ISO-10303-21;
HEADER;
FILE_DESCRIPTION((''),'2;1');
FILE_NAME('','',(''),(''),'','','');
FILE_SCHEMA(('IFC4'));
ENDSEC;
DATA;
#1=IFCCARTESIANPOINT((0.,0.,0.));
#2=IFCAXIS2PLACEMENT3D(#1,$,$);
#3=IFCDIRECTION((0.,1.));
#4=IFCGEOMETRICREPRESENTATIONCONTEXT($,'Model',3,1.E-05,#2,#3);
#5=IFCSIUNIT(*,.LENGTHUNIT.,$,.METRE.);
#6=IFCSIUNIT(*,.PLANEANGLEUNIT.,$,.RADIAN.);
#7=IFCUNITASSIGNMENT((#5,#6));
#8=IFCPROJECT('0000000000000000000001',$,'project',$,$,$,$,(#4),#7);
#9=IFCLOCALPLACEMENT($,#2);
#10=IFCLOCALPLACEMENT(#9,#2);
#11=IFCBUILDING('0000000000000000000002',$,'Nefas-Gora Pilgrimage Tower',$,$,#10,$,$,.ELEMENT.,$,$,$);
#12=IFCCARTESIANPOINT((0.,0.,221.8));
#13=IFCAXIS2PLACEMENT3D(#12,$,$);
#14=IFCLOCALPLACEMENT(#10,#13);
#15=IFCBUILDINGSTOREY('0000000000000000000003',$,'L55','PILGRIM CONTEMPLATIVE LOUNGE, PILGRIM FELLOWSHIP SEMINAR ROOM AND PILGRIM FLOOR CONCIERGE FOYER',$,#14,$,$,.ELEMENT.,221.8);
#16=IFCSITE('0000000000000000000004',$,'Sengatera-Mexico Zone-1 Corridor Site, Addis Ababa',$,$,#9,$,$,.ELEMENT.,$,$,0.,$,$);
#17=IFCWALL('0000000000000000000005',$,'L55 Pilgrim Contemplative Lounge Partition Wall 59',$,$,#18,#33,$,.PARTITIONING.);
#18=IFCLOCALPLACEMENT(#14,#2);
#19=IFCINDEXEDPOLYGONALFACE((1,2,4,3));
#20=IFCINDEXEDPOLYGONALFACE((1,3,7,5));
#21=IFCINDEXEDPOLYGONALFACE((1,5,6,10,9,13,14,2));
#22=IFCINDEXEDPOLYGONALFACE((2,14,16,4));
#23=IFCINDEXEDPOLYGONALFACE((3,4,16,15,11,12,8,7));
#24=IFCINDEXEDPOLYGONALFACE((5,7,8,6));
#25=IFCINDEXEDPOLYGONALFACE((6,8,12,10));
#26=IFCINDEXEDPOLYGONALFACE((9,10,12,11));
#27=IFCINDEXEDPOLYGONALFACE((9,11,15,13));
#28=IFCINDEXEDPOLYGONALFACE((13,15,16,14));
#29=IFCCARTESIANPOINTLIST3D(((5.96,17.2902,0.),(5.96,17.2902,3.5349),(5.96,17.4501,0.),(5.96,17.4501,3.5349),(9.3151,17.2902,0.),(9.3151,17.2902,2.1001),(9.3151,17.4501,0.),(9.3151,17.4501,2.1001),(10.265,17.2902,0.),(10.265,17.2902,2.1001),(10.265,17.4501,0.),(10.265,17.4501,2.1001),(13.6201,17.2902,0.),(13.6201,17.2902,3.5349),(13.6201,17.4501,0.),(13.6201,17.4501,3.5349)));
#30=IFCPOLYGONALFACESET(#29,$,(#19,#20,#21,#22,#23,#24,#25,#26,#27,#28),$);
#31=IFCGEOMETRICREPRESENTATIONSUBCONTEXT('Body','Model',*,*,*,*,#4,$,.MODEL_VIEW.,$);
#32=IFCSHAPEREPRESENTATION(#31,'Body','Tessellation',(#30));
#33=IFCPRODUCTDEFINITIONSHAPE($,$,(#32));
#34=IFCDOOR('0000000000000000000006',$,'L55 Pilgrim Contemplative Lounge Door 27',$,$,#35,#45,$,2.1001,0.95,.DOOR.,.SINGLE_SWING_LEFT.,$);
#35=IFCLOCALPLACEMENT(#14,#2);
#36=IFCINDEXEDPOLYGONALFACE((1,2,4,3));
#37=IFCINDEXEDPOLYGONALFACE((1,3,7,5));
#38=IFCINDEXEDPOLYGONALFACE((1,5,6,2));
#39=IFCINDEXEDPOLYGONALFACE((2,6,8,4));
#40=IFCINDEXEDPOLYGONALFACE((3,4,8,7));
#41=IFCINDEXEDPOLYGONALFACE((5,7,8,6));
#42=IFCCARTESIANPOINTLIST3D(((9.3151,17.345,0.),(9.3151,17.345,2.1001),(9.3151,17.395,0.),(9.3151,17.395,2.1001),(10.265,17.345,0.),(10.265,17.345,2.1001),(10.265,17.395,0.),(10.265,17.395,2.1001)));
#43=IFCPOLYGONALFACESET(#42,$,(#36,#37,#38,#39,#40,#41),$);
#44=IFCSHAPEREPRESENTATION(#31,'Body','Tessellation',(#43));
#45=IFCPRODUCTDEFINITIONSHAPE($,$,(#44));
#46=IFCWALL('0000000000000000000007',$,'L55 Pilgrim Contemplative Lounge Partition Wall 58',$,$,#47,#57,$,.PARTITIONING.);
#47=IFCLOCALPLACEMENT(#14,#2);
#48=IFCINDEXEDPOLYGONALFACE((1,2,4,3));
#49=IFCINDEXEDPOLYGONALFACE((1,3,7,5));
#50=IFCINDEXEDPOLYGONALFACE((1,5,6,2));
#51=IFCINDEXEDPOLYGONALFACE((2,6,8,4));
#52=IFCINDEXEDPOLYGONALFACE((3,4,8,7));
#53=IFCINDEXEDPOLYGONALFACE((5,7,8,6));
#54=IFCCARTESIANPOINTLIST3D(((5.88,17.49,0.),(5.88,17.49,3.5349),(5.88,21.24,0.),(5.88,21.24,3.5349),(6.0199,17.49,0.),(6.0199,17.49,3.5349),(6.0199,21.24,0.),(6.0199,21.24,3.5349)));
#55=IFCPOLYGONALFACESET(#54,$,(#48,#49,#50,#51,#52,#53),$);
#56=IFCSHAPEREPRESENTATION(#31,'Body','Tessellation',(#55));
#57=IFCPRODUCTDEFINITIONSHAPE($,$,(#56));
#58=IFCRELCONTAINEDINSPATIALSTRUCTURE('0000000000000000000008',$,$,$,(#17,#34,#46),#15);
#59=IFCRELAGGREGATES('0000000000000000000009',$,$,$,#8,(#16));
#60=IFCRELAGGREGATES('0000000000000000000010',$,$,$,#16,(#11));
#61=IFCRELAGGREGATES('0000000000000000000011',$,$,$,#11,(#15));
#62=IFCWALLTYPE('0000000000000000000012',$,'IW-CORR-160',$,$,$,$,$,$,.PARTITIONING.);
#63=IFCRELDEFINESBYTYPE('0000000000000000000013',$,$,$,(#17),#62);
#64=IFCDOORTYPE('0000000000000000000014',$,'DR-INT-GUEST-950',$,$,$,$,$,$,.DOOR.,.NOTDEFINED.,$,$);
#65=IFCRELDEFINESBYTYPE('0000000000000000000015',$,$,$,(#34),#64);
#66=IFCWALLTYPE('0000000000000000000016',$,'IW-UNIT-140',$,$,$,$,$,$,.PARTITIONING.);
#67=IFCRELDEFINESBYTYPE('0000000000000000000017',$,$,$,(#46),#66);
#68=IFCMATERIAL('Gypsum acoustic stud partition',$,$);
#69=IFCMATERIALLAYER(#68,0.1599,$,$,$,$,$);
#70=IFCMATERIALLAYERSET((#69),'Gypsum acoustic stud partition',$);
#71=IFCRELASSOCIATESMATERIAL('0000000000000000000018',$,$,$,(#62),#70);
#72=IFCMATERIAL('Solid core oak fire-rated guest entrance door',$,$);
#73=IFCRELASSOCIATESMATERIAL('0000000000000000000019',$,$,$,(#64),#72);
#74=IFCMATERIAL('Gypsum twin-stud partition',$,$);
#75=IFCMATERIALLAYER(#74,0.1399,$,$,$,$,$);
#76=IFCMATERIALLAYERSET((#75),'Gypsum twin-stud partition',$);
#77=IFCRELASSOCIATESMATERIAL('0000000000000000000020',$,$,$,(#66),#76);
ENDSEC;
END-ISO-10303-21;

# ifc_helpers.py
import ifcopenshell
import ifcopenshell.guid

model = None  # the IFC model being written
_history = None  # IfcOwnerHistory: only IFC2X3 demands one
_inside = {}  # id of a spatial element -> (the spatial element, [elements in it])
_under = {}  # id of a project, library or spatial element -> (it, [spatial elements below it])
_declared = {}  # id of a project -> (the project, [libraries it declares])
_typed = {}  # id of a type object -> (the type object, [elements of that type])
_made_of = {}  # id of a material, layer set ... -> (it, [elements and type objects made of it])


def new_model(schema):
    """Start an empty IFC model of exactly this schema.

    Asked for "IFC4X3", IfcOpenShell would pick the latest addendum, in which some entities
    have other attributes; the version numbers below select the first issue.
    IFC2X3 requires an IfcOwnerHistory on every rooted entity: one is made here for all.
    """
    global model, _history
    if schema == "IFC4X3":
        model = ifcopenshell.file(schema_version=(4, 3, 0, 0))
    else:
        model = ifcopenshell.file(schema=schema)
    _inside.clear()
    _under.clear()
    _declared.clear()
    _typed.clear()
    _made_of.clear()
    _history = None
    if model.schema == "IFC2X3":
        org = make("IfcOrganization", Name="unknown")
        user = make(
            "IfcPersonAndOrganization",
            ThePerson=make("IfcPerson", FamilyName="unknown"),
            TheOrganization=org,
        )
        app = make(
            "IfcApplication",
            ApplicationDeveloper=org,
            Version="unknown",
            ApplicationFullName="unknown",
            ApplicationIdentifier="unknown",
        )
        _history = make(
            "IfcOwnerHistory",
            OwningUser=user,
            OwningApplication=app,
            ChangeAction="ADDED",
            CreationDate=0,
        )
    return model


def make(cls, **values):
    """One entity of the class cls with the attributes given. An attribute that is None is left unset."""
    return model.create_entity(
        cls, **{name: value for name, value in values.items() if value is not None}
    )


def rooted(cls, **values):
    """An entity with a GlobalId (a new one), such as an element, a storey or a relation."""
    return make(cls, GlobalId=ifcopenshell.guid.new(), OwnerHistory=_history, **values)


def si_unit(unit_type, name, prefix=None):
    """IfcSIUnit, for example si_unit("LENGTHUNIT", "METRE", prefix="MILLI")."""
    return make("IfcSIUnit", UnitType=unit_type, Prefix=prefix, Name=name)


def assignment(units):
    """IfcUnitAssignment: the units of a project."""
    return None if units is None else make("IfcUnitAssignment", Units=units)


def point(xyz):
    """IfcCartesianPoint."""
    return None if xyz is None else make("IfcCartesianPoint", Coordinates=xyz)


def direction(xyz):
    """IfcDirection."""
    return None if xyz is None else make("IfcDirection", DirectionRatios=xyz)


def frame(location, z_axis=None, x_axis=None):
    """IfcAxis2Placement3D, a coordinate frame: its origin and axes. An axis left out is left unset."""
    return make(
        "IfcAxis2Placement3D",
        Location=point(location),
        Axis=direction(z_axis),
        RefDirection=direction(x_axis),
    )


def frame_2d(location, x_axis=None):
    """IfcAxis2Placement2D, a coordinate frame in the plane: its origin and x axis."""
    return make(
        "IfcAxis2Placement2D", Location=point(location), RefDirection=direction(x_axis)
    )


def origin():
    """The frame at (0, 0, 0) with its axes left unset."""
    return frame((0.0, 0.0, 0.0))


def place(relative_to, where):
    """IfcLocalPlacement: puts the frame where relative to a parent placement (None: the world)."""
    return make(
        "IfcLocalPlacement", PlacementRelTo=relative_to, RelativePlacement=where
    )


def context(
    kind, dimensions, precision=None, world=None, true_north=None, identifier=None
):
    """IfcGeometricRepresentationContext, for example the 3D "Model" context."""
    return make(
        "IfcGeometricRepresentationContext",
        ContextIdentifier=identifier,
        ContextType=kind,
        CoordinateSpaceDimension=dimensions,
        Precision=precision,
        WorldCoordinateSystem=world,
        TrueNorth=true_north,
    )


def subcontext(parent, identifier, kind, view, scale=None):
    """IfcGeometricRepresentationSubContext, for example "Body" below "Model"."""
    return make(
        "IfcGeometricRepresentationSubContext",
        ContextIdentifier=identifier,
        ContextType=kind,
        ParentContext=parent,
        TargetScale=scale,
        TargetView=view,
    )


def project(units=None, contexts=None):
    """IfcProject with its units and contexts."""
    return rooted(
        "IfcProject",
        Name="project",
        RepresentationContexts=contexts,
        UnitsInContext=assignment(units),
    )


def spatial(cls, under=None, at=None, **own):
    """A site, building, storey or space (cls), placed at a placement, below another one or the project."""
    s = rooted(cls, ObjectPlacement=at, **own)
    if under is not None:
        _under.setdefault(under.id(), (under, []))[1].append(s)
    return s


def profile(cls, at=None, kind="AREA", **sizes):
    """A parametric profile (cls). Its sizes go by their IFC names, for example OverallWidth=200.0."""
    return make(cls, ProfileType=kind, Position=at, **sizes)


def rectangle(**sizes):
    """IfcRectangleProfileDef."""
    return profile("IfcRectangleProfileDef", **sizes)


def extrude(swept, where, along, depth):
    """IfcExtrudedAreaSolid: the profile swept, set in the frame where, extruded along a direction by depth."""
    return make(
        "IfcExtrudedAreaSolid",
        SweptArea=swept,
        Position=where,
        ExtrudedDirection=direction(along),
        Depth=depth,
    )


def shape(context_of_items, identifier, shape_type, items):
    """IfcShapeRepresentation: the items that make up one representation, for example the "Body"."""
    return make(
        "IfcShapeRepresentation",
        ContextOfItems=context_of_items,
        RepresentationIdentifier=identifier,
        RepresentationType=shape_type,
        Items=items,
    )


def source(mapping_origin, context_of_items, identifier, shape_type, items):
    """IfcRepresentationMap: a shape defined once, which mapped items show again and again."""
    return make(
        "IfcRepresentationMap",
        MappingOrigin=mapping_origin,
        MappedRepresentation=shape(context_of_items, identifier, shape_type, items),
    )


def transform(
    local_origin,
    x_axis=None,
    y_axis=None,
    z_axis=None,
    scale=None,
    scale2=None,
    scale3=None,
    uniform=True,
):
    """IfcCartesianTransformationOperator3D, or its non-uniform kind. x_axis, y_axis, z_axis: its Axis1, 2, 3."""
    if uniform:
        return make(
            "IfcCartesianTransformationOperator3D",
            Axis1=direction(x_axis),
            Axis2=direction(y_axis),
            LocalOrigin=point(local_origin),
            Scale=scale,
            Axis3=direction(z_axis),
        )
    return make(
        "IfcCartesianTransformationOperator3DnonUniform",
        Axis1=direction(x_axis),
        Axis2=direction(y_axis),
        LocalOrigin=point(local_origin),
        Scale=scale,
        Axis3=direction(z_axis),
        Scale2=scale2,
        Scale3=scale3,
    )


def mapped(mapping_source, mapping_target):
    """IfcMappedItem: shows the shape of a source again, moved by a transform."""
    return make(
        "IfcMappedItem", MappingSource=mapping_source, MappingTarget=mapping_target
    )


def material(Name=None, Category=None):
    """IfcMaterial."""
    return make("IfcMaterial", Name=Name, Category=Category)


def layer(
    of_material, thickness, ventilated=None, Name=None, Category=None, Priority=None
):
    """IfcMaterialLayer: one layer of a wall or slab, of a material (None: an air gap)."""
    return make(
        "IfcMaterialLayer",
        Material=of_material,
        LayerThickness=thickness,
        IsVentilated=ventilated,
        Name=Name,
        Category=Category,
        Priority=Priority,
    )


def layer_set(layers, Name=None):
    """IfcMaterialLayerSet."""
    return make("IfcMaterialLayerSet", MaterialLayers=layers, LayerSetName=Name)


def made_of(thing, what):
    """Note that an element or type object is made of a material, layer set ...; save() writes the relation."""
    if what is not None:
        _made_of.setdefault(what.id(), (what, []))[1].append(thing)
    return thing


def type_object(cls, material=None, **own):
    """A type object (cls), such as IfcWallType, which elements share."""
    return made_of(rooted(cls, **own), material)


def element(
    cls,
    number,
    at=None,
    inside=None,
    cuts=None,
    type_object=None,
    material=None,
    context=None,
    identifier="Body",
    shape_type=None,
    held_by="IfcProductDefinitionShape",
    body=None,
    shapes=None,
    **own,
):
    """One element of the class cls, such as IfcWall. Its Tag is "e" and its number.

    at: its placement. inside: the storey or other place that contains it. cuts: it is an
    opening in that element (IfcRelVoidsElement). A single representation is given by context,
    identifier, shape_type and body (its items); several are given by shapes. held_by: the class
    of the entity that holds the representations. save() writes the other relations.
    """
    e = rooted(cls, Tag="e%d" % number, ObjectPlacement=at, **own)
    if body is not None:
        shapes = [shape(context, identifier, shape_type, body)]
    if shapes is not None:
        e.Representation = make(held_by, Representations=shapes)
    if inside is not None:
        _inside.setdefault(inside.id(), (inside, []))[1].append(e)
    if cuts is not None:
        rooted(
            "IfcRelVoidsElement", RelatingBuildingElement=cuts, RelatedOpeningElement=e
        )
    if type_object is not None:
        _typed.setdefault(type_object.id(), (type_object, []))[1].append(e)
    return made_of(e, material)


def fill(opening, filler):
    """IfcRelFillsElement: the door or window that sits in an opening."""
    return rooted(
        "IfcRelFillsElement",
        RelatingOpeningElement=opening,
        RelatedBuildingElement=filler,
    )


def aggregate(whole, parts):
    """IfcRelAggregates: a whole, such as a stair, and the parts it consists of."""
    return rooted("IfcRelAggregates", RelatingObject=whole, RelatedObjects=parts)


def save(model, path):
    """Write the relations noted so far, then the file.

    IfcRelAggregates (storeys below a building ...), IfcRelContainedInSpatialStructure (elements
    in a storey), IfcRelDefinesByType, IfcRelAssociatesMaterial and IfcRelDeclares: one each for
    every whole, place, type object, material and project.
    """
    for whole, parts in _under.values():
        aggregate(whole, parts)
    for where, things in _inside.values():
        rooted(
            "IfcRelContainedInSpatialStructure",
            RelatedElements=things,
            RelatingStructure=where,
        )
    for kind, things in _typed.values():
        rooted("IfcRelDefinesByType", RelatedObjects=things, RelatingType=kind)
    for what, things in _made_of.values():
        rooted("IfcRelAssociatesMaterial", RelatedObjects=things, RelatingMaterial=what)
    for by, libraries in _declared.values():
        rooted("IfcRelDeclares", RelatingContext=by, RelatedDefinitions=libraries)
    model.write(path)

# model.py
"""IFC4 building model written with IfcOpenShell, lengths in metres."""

from ifc_helpers import new_model, si_unit, direction, frame, frame_2d, origin, place, context, subcontext, project, spatial, rectangle, extrude, source, transform, mapped, material, layer, layer_set, type_object, element, fill, save


model = new_model("IFC4")

# Units and contexts
model_context = context("Model", 3, precision=1e-05, world=origin(), true_north=direction((0.0, 1.0)))
body_context = subcontext(model_context, "Body", "Model", "MODEL_VIEW")
ifc_project = project(units=[si_unit("LENGTHUNIT", "METRE"), si_unit("PLANEANGLEUNIT", "RADIAN")], contexts=[model_context])

# Site, building, storey
site_placement = place(None, origin())
site = spatial("IfcSite", under=ifc_project, at=site_placement, Name="Sengatera-Mexico Zone-1 Corridor Site, Addis Ababa", CompositionType="ELEMENT", RefElevation=0.0)
building_placement = place(site_placement, origin())
building = spatial("IfcBuilding", under=site, at=building_placement, Name="Nefas-Gora Pilgrimage Tower", CompositionType="ELEMENT")
storey_placement = place(building_placement, frame((0.0, 0.0, 221.8)))
storey = spatial("IfcBuildingStorey", under=building, at=storey_placement, Name="L55", Description="PILGRIM CONTEMPLATIVE LOUNGE, PILGRIM FELLOWSHIP SEMINAR ROOM AND PILGRIM FLOOR CONCIERGE FOYER", CompositionType="ELEMENT", Elevation=221.8)

# Wall, opening, door
ifc_material_1 = material(Name="Gypsum acoustic stud partition")
ifc_layer_1 = layer(ifc_material_1, 0.1599)
ifc_layer_set_1 = layer_set([ifc_layer_1], Name="Gypsum acoustic stud partition")
wall_type_1 = type_object("IfcWallType", Name="IW-CORR-160", PredefinedType="PARTITIONING", material=ifc_layer_set_1)
shared_shape_1 = source(origin(), body_context, "Body", "SweptSolid", [
    extrude(rectangle(XDim=7.6602, YDim=0.1599, at=frame_2d((3.8301, 0.0))), origin(), (0.0, 0.0, 1.0), 3.5349),
])
wall_1_placement = place(storey_placement, frame((5.96, 17.3701, 0.0), z_axis=(0.0, 0.0, 1.0), x_axis=(1.0, 0.0, 0.0)))
wall_1 = element("IfcWall", 1, at=wall_1_placement, inside=storey, type_object=wall_type_1, Name="L55 Pilgrim Contemplative Lounge Partition Wall 59", PredefinedType="PARTITIONING", context=body_context, shape_type="MappedRepresentation", body=[
    mapped(shared_shape_1, transform((0.0, 0.0, 0.0), x_axis=(1.0, 0.0, 0.0), y_axis=(0.0, 1.0, 0.0), z_axis=(0.0, 0.0, 1.0), scale=1.0)),
])
opening_placement = place(wall_1_placement, frame((3.355, 0.0, 0.0)))
opening = element("IfcOpeningElement", 2, at=opening_placement, cuts=wall_1, PredefinedType="OPENING", context=body_context, shape_type="SweptSolid", body=[
    extrude(rectangle(XDim=0.95, YDim=2.1001, at=frame_2d((0.4751, 1.05))), frame((0.0, 0.0898, 0.0), z_axis=(0.0, -1.0, 0.0), x_axis=(1.0, 0.0, 0.0)), (0.0, 0.0, 1.0), 0.1799),
])
ifc_material_2 = material(Name="Solid core oak fire-rated guest entrance door")
door_type = type_object("IfcDoorType", Name="DR-INT-GUEST-950", OperationType="NOTDEFINED", PredefinedType="DOOR", material=ifc_material_2)
shared_shape_2 = source(origin(), body_context, "Body", "SweptSolid", [
    extrude(rectangle(XDim=0.95, YDim=2.1001, at=frame_2d((0.4751, 1.05))), frame((0.0, 0.0249, 0.0), z_axis=(0.0, -1.0, 0.0), x_axis=(1.0, 0.0, 0.0)), (0.0, 0.0, 1.0), 0.05),
])
door_placement = place(opening_placement, origin())
door = element("IfcDoor", 3, at=door_placement, inside=storey, type_object=door_type, Name="L55 Pilgrim Contemplative Lounge Door 27", OperationType="SINGLE_SWING_LEFT", OverallHeight=2.1001, OverallWidth=0.95, PredefinedType="DOOR", context=body_context, shape_type="MappedRepresentation", body=[
    mapped(shared_shape_2, transform((0.0, 0.0, 0.0), x_axis=(1.0, 0.0, 0.0), y_axis=(0.0, 1.0, 0.0), z_axis=(0.0, 0.0, 1.0), scale=1.0)),
])
fill(opening, door)

# Wall
ifc_material_3 = material(Name="Gypsum twin-stud partition")
ifc_layer_2 = layer(ifc_material_3, 0.1399)
ifc_layer_set_2 = layer_set([ifc_layer_2], Name="Gypsum twin-stud partition")
wall_type_2 = type_object("IfcWallType", Name="IW-UNIT-140", PredefinedType="PARTITIONING", material=ifc_layer_set_2)
shared_shape_3 = source(origin(), body_context, "Body", "SweptSolid", [
    extrude(rectangle(XDim=3.75, YDim=0.1399, at=frame_2d((1.875, 0.0))), origin(), (0.0, 0.0, 1.0), 3.5349),
])
wall_2_placement = place(storey_placement, frame((5.95, 17.49, 0.0), z_axis=(0.0, 0.0, 1.0), x_axis=(0.0, 1.0, 0.0)))
element("IfcWall", 4, at=wall_2_placement, inside=storey, type_object=wall_type_2, Name="L55 Pilgrim Contemplative Lounge Partition Wall 58", PredefinedType="PARTITIONING", context=body_context, shape_type="MappedRepresentation", body=[
    mapped(shared_shape_3, transform((0.0, 0.0, 0.0), x_axis=(1.0, 0.0, 0.0), y_axis=(0.0, 1.0, 0.0), z_axis=(0.0, 0.0, 1.0), scale=1.0)),
])

save(model, "model.ifc")
